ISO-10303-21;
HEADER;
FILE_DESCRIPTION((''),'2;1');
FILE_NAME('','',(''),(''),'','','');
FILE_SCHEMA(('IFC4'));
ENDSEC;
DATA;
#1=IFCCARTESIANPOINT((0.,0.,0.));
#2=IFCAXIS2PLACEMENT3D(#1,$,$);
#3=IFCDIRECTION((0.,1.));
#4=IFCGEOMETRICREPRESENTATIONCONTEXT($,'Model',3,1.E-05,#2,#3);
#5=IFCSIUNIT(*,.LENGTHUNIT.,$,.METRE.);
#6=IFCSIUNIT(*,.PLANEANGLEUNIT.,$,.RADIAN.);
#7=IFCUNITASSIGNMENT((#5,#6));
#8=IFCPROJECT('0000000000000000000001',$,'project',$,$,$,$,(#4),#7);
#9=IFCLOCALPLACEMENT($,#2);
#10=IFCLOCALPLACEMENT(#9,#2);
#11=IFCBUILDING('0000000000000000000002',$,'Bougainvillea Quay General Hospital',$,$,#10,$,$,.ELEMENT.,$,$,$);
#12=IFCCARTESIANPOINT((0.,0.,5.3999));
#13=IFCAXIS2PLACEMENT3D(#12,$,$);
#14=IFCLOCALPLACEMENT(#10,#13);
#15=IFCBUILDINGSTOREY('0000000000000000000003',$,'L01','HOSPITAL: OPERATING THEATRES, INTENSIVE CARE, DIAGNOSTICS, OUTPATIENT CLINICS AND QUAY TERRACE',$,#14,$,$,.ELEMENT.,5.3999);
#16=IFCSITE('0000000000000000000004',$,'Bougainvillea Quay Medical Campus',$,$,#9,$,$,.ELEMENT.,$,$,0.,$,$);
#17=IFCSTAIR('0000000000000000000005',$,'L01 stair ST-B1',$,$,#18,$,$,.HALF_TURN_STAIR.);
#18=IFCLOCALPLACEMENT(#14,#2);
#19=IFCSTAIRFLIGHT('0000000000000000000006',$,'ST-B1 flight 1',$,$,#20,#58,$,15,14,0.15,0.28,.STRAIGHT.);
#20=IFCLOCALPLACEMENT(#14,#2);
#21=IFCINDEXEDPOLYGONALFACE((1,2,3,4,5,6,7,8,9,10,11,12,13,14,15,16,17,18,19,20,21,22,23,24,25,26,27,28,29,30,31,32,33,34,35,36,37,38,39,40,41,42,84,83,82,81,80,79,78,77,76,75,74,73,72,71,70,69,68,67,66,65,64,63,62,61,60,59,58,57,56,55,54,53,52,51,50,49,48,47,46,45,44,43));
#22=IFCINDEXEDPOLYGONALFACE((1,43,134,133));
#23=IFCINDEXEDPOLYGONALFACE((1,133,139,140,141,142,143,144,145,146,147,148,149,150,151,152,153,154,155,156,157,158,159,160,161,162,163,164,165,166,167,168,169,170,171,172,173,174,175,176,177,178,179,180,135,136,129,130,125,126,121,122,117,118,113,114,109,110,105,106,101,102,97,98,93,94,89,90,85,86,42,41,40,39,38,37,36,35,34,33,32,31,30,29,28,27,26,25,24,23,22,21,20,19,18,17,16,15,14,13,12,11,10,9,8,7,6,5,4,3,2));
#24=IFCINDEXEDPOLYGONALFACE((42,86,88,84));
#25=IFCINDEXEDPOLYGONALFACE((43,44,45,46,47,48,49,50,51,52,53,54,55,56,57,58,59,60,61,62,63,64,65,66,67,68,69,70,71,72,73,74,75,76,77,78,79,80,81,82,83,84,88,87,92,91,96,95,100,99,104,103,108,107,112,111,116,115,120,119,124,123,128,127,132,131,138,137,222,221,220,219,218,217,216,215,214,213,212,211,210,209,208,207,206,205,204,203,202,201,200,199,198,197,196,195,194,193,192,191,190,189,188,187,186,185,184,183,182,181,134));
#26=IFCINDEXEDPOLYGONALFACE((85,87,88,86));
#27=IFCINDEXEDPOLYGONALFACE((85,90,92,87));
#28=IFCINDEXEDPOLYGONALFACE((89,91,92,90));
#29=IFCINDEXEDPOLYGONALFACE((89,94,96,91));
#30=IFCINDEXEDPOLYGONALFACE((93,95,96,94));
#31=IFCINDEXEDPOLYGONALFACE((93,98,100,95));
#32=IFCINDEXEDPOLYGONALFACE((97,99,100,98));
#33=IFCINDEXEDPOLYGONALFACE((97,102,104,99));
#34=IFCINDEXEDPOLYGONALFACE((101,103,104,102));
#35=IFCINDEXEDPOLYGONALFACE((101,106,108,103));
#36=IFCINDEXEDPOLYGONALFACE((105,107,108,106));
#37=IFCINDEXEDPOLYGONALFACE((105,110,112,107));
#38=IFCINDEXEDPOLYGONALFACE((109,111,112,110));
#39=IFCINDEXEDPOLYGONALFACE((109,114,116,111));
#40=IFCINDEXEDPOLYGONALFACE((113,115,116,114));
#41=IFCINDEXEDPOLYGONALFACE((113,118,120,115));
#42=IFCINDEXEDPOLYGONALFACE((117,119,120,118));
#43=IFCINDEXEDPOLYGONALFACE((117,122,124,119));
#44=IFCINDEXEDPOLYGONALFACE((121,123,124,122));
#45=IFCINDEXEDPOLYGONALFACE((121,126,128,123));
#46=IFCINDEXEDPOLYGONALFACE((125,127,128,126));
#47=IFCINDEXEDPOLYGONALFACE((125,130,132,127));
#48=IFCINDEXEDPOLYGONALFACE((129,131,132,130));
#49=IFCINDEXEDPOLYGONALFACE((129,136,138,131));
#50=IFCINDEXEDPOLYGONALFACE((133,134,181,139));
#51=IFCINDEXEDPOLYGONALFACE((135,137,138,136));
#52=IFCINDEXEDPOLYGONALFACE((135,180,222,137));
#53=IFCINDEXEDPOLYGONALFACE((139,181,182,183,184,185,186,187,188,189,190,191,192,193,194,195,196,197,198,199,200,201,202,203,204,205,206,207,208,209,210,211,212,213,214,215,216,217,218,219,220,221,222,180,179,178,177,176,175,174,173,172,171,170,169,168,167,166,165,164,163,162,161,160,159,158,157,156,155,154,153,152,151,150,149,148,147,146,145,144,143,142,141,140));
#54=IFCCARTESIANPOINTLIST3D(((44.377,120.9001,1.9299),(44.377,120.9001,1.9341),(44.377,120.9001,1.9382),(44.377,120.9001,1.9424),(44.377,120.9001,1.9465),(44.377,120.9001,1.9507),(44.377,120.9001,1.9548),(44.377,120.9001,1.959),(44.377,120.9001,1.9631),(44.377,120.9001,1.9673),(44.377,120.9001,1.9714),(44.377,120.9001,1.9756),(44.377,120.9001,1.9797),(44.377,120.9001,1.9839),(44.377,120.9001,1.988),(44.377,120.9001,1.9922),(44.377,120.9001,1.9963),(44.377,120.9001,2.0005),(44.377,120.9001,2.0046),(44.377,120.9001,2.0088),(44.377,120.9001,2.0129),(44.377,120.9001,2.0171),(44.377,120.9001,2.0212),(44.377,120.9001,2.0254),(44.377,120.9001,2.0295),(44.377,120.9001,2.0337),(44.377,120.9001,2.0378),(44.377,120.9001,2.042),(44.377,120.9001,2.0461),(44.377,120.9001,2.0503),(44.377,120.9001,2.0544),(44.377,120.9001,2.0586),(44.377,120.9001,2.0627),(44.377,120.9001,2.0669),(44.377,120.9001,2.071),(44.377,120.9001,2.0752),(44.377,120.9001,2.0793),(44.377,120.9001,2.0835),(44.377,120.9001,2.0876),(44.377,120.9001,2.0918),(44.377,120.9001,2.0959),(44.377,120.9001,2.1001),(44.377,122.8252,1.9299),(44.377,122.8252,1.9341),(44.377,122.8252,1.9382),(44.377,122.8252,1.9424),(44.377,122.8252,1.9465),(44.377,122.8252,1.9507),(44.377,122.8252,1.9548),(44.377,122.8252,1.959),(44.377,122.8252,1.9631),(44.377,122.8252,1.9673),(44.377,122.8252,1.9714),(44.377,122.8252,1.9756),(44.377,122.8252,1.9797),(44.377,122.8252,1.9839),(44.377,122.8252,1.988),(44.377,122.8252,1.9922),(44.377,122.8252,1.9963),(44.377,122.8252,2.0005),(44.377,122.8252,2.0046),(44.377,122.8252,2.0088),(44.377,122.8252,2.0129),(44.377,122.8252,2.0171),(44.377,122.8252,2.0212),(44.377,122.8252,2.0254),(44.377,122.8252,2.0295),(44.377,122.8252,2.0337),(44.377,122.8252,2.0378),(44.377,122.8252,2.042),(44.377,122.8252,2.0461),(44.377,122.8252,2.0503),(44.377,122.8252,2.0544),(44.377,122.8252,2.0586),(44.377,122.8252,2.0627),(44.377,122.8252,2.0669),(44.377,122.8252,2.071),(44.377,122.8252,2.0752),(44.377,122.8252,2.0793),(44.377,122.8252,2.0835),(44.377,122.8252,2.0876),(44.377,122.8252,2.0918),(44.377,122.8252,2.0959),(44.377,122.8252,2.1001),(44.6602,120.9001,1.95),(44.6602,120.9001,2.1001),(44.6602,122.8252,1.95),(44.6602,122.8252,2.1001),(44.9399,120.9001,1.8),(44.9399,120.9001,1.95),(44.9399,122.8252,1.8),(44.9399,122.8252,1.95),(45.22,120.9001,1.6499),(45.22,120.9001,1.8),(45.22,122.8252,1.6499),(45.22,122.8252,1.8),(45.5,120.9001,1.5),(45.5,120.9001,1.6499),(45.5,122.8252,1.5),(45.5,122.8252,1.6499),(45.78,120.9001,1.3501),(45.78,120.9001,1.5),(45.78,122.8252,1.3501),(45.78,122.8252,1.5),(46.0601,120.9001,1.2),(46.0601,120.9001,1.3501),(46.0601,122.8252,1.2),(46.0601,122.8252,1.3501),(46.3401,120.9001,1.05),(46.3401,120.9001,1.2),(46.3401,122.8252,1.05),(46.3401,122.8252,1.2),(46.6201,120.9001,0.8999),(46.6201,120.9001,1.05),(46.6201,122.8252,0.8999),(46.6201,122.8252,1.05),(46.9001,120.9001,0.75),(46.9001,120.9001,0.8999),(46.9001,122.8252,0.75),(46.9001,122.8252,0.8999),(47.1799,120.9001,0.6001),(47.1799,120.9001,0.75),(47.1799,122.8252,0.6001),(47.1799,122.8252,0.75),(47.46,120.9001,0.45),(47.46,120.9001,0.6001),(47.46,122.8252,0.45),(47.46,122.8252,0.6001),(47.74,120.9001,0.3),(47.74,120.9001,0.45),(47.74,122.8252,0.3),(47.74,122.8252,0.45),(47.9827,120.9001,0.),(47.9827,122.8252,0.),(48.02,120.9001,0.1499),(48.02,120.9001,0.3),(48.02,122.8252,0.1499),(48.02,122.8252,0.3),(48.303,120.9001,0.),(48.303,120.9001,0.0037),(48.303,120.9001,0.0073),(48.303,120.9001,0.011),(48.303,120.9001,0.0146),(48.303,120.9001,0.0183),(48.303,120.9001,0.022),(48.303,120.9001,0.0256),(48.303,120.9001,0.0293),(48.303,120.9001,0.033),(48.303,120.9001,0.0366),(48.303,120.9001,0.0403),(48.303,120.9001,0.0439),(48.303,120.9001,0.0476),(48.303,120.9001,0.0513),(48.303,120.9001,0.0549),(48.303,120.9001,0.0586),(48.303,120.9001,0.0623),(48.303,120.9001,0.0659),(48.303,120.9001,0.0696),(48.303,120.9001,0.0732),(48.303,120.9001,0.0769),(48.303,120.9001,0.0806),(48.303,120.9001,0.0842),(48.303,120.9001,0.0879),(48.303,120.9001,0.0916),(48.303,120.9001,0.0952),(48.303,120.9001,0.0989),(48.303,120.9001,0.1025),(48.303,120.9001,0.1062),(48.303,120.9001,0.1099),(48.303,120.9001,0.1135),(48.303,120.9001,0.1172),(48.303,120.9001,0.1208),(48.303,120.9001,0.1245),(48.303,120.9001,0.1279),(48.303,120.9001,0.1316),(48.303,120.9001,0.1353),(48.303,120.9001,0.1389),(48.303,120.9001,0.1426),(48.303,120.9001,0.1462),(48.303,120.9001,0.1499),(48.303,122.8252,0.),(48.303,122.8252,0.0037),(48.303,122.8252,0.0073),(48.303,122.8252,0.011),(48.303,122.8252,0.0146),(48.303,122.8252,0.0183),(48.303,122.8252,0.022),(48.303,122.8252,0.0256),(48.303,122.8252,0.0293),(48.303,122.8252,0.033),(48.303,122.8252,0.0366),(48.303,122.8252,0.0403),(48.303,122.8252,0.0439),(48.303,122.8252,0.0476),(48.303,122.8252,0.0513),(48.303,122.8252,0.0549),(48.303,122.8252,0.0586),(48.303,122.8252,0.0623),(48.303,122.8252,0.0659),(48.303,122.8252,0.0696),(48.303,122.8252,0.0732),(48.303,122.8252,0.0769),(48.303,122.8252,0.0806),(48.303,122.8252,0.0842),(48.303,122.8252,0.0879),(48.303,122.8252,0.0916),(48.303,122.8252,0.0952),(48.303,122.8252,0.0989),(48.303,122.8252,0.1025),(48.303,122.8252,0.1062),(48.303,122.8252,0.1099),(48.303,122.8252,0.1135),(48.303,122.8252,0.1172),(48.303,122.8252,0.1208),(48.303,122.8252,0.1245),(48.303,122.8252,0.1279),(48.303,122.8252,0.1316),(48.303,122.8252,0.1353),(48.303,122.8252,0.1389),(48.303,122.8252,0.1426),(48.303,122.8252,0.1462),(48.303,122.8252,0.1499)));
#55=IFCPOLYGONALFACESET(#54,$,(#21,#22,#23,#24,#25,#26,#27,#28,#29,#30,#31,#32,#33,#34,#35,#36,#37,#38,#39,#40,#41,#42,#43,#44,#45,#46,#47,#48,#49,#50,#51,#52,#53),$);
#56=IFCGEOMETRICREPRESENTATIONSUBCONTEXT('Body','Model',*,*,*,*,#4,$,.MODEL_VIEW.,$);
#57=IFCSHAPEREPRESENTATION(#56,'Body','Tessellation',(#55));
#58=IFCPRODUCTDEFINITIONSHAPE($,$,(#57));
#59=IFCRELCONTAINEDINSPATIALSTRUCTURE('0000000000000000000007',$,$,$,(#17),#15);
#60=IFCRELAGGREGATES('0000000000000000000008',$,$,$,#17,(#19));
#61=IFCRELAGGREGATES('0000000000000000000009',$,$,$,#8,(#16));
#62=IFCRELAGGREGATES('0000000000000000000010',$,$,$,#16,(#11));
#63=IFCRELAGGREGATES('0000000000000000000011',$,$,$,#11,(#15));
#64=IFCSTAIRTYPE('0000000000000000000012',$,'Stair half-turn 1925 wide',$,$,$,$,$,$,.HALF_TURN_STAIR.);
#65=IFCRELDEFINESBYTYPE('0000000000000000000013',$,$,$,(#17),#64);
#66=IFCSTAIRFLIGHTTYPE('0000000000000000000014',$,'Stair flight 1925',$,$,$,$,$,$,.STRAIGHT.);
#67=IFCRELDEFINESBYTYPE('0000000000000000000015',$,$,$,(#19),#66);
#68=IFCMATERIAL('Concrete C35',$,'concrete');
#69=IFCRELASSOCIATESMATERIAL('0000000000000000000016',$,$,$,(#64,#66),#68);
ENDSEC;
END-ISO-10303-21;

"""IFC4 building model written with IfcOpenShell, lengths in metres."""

from ifc_helpers import new_model, si_unit, direction, frame, origin, place, context, subcontext, project, spatial, polyline, outline, extrude, material, type_object, element, aggregate, save


model = new_model("IFC4")

# Units and contexts
model_context = context("Model", 3, precision=1e-05, world=origin(), true_north=direction((0.0, 1.0)))
body_context = subcontext(model_context, "Body", "Model", "MODEL_VIEW")
ifc_project = project(units=[si_unit("LENGTHUNIT", "METRE"), si_unit("PLANEANGLEUNIT", "RADIAN")], contexts=[model_context])

# Site, building, storey
site_placement = place(None, origin())
site = spatial("IfcSite", under=ifc_project, at=site_placement, Name="Bougainvillea Quay Medical Campus", CompositionType="ELEMENT", RefElevation=0.0)
building_placement = place(site_placement, origin())
building = spatial("IfcBuilding", under=site, at=building_placement, Name="Bougainvillea Quay General Hospital", CompositionType="ELEMENT")
storey_placement = place(building_placement, frame((0.0, 0.0, 5.3999)))
storey = spatial("IfcBuildingStorey", under=building, at=storey_placement, Name="L01", Description="HOSPITAL: OPERATING THEATRES, INTENSIVE CARE, DIAGNOSTICS, OUTPATIENT CLINICS AND QUAY TERRACE", CompositionType="ELEMENT", Elevation=5.3999)

# Stair, stair flight
ifc_material_1 = material(Name="Concrete C35", Category="concrete")
stair_type = type_object("IfcStairType", Name="Stair half-turn 1925 wide", PredefinedType="HALF_TURN_STAIR", material=ifc_material_1)
stair_placement = place(storey_placement, origin())
stair = element("IfcStair", 1, at=stair_placement, inside=storey, type_object=stair_type, Name="L01 stair ST-B1", PredefinedType="HALF_TURN_STAIR")
stair_flight_type = type_object("IfcStairFlightType", Name="Stair flight 1925", PredefinedType="STRAIGHT", material=ifc_material_1)
stair_flight_1_placement = place(storey_placement, frame((48.3, 121.8625, 0.0), z_axis=(0.0, 0.0, 1.0), x_axis=(-1.0, 0.0, 0.0)))
stair_flight_1 = element("IfcStairFlight", 2, at=stair_flight_1_placement, type_object=stair_flight_type, Name="ST-B1 flight 1", NumberOfRisers=15, NumberOfTreads=14, PredefinedType="STRAIGHT", RiserHeight=0.15, TreadLength=0.28, context=body_context, shape_type="SweptSolid", body=[
    extrude(outline(polyline([(-0.0029, 0.0), (-0.0029, 0.0037), (-0.0029, 0.0073), (-0.0029, 0.011), (-0.0029, 0.0146), (-0.0029, 0.0183), (-0.0029, 0.022), (-0.0029, 0.0256), (-0.0029, 0.0293), (-0.0029, 0.033), (-0.0029, 0.0366), (-0.0029, 0.0403), (-0.0029, 0.0439), (-0.0029, 0.0476), (-0.0029, 0.0513), (-0.0029, 0.0549), (-0.0029, 0.0586), (-0.0029, 0.0623), (-0.0029, 0.0659), (-0.0029, 0.0696), (-0.0029, 0.0732), (-0.0029, 0.0769), (-0.0029, 0.0806), (-0.0029, 0.0842), (-0.0029, 0.0879), (-0.0029, 0.0916), (-0.0029, 0.0952), (-0.0029, 0.0989), (-0.0029, 0.1025), (-0.0029, 0.1062), (-0.0029, 0.1099), (-0.0029, 0.1135), (-0.0029, 0.1172), (-0.0029, 0.1208), (-0.0029, 0.1245), (-0.0029, 0.1279), (-0.0029, 0.1316), (-0.0029, 0.1353), (-0.0029, 0.1389), (-0.0029, 0.1426), (-0.0029, 0.1462), (-0.0029, 0.1499), (0.28, 0.1499), (0.28, 0.3), (0.5601, 0.3), (0.5601, 0.45), (0.8401, 0.45), (0.8401, 0.6001), (1.1201, 0.6001), (1.1201, 0.75), (1.3999, 0.75), (1.3999, 0.8999), (1.6799, 0.8999), (1.6799, 1.05), (1.96, 1.05), (1.96, 1.2), (2.24, 1.2), (2.24, 1.3501), (2.52, 1.3501), (2.52, 1.5), (2.8, 1.5), (2.8, 1.6499), (3.0801, 1.6499), (3.0801, 1.8), (3.3601, 1.8), (3.3601, 1.95), (3.6399, 1.95), (3.6399, 2.1001), (3.9231, 2.1001), (3.9231, 2.0959), (3.9231, 2.0918), (3.9231, 2.0876), (3.9231, 2.0835), (3.9231, 2.0793), (3.9231, 2.0752), (3.9231, 2.071), (3.9231, 2.0669), (3.9231, 2.0627), (3.9231, 2.0586), (3.9231, 2.0544), (3.9231, 2.0503), (3.9231, 2.0461), (3.9231, 2.042), (3.9231, 2.0378), (3.9231, 2.0337), (3.9231, 2.0295), (3.9231, 2.0254), (3.9231, 2.0212), (3.9231, 2.0171), (3.9231, 2.0129), (3.9231, 2.0088), (3.9231, 2.0046), (3.9231, 2.0005), (3.9231, 1.9963), (3.9231, 1.9922), (3.9231, 1.988), (3.9231, 1.9839), (3.9231, 1.9797), (3.9231, 1.9756), (3.9231, 1.9714), (3.9231, 1.9673), (3.9231, 1.9631), (3.9231, 1.959), (3.9231, 1.9548), (3.9231, 1.9507), (3.9231, 1.9465), (3.9231, 1.9424), (3.9231, 1.9382), (3.9231, 1.9341), (3.9231, 1.9299), (0.3174, 0.0), (-0.0029, 0.0)])), frame((0.0, 0.9624, 0.0), z_axis=(0.0, -1.0, 0.0), x_axis=(1.0, 0.0, 0.0)), (0.0, 0.0, 1.0), 1.925),
])
aggregate(stair, [stair_flight_1])

save(model, "model.ifc")
